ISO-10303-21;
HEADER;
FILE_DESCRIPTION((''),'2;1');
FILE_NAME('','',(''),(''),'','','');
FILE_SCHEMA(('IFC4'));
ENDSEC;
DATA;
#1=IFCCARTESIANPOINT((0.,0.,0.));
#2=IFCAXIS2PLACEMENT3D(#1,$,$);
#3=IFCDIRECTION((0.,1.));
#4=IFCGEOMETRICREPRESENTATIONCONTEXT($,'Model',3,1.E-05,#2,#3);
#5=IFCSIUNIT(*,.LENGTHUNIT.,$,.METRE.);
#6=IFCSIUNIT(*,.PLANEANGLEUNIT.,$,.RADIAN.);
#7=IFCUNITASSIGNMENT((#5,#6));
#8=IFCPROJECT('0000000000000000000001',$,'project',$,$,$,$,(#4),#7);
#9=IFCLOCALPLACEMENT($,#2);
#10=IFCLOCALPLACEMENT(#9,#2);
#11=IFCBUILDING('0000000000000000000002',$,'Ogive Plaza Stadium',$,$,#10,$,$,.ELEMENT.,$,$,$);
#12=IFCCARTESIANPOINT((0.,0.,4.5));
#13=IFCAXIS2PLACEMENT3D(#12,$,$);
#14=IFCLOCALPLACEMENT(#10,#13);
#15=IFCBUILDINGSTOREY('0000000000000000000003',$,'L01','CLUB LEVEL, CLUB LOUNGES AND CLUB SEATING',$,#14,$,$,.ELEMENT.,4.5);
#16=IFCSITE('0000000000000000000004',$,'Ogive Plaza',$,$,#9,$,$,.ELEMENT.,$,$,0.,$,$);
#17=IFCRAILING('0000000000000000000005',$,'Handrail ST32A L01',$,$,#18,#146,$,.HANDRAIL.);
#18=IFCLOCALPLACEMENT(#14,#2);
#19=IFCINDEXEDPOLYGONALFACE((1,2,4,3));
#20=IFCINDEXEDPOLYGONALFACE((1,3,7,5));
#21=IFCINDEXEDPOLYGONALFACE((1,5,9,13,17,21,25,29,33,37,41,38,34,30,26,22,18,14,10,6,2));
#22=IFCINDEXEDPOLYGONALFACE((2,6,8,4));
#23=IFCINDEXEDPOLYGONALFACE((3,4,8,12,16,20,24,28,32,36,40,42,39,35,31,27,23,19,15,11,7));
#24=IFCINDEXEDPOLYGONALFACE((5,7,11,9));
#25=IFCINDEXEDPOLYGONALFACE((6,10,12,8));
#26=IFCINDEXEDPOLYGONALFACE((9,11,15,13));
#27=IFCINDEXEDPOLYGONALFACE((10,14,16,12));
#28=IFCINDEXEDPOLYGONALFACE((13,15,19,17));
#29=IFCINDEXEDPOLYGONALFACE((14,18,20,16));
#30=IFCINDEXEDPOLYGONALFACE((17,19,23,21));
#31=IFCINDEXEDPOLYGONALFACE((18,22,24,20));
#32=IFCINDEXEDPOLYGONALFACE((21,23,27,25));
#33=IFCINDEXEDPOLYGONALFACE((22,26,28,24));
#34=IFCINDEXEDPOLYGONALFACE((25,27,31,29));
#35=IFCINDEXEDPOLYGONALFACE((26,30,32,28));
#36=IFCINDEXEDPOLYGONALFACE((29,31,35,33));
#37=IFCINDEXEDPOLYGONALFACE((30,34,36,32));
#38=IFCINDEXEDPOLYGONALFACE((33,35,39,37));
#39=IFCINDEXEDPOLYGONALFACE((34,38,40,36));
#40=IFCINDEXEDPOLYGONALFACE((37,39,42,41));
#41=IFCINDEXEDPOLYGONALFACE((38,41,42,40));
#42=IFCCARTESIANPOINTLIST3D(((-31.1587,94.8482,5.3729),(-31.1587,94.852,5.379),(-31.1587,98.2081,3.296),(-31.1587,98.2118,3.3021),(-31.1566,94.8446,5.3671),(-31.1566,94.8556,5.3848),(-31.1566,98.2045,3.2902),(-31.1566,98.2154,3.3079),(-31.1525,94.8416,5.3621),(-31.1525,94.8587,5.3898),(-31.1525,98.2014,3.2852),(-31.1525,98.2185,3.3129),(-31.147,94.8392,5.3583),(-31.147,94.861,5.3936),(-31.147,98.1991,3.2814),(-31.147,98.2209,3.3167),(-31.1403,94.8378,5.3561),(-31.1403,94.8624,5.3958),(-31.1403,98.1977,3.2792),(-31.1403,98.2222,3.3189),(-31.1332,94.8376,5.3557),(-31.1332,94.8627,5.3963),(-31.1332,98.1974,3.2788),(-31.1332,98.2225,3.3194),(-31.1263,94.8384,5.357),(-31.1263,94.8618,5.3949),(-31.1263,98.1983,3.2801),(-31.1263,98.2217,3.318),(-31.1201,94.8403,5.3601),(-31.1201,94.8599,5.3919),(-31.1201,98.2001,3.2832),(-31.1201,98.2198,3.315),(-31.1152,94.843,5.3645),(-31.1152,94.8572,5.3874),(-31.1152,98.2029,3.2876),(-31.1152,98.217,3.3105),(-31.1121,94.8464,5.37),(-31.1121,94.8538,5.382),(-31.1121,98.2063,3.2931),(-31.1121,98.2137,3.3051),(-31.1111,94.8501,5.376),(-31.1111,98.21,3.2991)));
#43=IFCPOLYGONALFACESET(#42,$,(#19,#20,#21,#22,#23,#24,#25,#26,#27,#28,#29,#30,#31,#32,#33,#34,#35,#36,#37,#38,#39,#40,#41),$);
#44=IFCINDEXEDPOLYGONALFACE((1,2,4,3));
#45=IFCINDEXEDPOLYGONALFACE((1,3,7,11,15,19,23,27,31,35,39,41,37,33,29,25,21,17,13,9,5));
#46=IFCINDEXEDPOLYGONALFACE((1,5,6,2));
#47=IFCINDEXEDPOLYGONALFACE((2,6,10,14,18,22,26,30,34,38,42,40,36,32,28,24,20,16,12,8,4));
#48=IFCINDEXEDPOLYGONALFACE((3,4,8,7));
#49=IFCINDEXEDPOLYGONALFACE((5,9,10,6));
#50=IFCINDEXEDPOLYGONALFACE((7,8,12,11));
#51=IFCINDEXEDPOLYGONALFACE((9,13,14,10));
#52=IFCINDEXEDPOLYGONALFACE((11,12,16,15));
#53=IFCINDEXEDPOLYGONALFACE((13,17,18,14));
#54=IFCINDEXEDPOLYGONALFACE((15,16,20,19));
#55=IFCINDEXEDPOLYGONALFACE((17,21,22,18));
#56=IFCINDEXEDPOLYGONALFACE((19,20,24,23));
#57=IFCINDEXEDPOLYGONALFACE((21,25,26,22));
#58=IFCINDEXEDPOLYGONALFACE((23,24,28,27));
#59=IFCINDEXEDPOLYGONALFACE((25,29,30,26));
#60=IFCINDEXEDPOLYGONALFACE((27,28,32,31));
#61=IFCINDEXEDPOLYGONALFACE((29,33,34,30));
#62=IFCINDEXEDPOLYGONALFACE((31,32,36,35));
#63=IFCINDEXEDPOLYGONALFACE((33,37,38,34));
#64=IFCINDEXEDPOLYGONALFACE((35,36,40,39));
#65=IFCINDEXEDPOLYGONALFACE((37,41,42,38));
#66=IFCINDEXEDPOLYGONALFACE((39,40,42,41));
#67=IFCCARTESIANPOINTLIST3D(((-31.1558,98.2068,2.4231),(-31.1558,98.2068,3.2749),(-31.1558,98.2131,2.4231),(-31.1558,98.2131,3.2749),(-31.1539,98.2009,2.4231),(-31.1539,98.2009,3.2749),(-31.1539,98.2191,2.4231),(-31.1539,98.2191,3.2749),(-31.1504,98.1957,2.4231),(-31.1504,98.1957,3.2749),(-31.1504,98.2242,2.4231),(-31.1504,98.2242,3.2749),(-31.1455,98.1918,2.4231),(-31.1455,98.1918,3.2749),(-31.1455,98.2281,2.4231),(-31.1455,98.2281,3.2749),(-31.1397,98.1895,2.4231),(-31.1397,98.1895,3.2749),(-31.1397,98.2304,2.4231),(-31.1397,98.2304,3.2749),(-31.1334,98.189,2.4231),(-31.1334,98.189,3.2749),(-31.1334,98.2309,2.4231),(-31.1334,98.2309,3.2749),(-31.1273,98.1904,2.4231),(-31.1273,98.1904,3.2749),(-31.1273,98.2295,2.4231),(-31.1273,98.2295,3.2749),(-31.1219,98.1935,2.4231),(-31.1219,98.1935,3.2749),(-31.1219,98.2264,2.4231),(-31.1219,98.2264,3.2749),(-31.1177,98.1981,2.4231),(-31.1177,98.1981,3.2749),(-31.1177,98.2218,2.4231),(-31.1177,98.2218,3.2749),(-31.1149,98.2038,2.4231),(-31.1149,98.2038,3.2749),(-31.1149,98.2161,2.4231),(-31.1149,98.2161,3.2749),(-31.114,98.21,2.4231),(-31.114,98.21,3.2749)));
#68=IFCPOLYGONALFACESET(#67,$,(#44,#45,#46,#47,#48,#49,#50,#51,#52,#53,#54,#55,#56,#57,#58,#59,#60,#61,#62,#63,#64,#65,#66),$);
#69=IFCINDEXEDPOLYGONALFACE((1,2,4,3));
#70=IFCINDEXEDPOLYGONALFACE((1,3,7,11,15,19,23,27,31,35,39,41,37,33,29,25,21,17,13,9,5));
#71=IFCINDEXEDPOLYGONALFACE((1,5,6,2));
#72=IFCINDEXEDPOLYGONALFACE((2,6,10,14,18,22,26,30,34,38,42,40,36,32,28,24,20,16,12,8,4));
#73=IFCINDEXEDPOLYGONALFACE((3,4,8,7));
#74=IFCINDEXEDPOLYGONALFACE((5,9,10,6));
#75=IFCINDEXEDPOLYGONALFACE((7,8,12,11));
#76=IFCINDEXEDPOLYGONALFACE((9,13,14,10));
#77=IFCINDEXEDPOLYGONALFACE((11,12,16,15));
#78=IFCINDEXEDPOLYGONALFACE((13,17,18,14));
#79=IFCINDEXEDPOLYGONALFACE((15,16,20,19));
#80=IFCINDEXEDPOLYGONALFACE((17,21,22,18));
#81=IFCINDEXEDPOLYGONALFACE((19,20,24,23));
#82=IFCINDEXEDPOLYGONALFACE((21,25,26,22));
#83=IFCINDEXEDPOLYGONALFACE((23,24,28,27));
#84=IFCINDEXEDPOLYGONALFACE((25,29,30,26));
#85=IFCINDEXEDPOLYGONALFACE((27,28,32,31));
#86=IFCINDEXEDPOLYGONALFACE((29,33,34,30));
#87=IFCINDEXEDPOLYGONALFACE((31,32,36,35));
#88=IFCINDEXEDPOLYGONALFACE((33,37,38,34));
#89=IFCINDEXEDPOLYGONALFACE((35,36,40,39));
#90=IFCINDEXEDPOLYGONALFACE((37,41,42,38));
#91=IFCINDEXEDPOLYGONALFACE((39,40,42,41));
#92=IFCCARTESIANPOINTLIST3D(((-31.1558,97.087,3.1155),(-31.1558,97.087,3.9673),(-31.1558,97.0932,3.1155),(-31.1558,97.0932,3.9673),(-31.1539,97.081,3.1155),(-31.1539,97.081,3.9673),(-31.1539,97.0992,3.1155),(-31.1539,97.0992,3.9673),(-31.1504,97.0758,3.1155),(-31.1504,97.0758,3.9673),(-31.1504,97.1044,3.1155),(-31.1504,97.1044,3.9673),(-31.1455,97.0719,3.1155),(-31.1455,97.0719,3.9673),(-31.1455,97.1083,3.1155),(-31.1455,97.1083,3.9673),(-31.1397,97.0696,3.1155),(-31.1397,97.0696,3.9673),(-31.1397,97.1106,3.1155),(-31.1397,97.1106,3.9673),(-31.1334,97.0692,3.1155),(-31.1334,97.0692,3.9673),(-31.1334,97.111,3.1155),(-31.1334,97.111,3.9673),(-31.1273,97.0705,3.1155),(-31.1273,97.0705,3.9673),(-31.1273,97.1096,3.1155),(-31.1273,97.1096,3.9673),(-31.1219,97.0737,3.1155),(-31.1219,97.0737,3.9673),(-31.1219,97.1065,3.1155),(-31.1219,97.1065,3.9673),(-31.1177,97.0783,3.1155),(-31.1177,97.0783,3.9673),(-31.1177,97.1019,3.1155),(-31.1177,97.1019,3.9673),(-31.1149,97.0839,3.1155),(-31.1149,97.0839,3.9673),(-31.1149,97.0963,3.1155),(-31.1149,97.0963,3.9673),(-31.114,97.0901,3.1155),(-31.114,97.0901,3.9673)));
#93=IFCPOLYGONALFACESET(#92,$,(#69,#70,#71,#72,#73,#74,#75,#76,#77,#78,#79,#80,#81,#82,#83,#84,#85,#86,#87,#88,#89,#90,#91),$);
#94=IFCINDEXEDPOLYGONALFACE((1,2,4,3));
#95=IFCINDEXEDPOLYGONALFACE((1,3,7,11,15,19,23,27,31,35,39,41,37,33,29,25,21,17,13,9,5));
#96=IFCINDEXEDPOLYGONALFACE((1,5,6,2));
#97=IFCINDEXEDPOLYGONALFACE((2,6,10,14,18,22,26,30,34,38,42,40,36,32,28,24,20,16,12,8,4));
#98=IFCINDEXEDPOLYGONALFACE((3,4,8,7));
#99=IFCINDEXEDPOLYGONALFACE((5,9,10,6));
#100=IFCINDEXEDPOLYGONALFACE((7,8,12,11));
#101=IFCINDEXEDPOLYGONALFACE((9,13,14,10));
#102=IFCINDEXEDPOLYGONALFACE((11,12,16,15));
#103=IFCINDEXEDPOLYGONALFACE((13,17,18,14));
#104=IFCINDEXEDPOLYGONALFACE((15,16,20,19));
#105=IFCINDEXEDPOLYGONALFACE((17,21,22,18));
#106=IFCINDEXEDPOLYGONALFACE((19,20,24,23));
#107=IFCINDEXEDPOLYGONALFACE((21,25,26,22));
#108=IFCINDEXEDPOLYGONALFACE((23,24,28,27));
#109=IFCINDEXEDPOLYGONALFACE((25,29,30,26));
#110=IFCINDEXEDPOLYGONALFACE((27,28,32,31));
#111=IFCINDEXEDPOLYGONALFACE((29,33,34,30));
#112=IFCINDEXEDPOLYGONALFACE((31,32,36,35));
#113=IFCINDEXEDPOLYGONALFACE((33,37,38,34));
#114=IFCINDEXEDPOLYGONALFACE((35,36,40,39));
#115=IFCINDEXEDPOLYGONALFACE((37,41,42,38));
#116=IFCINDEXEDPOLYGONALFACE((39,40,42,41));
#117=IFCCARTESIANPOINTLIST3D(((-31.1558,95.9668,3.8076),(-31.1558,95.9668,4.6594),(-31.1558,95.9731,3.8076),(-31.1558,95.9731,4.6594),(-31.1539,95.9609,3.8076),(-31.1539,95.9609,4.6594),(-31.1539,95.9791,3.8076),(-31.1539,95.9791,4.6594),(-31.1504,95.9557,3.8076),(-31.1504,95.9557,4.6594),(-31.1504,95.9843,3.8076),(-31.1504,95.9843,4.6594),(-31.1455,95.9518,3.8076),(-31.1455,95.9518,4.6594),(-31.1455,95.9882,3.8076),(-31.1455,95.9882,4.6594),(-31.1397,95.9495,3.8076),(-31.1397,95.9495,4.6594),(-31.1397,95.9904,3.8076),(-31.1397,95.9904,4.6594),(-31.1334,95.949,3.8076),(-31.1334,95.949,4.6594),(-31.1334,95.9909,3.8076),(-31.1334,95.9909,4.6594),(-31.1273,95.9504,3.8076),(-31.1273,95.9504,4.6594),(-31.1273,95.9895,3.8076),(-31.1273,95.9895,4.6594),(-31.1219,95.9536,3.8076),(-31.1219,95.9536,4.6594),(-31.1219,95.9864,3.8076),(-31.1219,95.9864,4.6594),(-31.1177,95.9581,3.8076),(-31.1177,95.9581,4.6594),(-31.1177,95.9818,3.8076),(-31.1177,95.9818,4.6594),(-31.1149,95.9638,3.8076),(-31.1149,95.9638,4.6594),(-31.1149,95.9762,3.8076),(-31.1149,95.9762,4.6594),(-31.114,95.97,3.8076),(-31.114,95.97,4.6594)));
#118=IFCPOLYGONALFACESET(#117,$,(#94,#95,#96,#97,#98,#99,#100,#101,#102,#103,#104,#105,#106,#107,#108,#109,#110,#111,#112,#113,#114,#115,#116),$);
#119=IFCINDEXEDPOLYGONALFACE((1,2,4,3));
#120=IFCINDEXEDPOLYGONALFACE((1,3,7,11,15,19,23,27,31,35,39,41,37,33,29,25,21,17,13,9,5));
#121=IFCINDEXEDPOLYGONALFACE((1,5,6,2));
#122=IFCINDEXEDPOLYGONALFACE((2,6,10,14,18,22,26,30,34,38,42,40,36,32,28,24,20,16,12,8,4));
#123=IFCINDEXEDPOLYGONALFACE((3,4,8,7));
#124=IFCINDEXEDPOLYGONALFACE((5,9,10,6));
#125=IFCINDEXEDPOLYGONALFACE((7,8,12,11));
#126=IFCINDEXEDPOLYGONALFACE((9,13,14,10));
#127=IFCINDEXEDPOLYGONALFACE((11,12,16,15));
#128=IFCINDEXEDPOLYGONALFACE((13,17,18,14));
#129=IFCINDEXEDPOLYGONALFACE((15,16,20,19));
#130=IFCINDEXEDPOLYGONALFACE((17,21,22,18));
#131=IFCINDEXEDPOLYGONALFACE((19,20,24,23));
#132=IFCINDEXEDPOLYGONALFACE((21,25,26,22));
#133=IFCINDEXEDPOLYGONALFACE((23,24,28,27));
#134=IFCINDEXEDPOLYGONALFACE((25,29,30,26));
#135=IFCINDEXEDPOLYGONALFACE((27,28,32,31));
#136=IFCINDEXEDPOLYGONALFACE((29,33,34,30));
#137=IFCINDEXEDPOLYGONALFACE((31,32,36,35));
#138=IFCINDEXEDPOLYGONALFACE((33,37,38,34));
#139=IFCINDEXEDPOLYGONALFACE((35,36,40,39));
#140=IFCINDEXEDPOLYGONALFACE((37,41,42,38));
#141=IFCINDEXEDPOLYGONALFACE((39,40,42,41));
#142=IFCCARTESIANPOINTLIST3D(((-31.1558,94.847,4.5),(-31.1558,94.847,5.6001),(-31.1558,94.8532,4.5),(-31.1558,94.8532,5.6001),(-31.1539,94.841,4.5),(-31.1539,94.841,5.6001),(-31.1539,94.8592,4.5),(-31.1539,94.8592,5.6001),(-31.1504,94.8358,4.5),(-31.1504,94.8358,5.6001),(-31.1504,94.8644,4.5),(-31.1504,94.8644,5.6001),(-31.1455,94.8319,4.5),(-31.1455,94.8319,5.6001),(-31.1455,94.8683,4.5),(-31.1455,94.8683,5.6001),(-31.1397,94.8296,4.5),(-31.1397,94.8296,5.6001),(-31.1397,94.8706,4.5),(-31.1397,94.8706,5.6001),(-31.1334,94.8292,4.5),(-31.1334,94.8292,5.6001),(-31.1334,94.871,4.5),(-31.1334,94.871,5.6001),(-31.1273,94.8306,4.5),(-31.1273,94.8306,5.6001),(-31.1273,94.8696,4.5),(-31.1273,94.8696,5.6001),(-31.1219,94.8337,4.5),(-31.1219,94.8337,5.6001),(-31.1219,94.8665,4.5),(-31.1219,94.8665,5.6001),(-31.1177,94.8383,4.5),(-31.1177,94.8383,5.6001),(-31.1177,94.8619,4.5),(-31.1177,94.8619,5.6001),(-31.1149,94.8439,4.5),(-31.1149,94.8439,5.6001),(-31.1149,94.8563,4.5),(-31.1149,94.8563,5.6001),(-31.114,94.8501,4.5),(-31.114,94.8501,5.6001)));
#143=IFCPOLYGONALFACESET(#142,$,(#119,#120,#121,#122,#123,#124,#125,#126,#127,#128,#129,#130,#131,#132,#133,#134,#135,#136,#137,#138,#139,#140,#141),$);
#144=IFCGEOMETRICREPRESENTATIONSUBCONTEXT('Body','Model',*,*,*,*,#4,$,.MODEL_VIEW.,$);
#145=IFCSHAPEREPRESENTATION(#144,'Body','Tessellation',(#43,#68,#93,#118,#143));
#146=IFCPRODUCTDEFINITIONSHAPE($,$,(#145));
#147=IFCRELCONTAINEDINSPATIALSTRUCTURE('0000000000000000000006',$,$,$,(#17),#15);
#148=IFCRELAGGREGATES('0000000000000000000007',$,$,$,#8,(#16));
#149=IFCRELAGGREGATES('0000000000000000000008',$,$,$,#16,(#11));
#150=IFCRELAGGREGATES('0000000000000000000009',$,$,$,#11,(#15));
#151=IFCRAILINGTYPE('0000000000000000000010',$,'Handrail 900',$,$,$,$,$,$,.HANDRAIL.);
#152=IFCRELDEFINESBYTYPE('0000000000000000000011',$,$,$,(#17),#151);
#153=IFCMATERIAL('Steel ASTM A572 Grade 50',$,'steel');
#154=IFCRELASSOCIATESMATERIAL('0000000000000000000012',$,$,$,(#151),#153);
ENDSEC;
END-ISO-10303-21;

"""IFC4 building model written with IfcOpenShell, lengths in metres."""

from ifc_helpers import new_model, si_unit, direction, frame, origin, origin_2d, place, context, subcontext, project, spatial, circle, extrude, material, type_object, element, save


model = new_model("IFC4")

# Units and contexts
model_context = context("Model", 3, precision=1e-05, world=origin(), true_north=direction((0.0, 1.0)))
body_context = subcontext(model_context, "Body", "Model", "MODEL_VIEW")
ifc_project = project(units=[si_unit("LENGTHUNIT", "METRE"), si_unit("PLANEANGLEUNIT", "RADIAN")], contexts=[model_context])

# Site, building, storey
site_placement = place(None, origin())
site = spatial("IfcSite", under=ifc_project, at=site_placement, Name="Ogive Plaza", CompositionType="ELEMENT", RefElevation=0.0)
building_placement = place(site_placement, origin())
building = spatial("IfcBuilding", under=site, at=building_placement, Name="Ogive Plaza Stadium", CompositionType="ELEMENT")
storey_placement = place(building_placement, frame((0.0, 0.0, 4.5)))
storey = spatial("IfcBuildingStorey", under=building, at=storey_placement, Name="L01", Description="CLUB LEVEL, CLUB LOUNGES AND CLUB SEATING", CompositionType="ELEMENT", Elevation=4.5)

# Railing
ifc_material_1 = material(Name="Steel ASTM A572 Grade 50", Category="steel")
railing_type_1 = type_object("IfcRailingType", Name="Handrail 900", PredefinedType="HANDRAIL", material=ifc_material_1)
for number, where, name in (
    (1, (-31.135, 98.21, 2.4231), "Handrail ST32A L01"),
):
    element("IfcRailing", number, at=place(storey_placement, frame(where)), inside=storey, type_object=railing_type_1, Name=name, PredefinedType="HANDRAIL", context=body_context, shape_type="SweptSolid", body=[
        extrude(circle(Radius=0.0239, at=origin_2d()), frame((0.0, 0.0, 0.876), z_axis=(0.0, -0.850606, 0.525803), x_axis=(1.0, 0.0, 0.0)), (0.0, 0.0, 1.0), 3.95),
        extrude(circle(Radius=0.021, at=origin_2d()), origin(), (0.0, 0.0, 1.0), 0.8518),
        extrude(circle(Radius=0.021, at=origin_2d()), frame((0.0, -1.1199, 0.6924)), (0.0, 0.0, 1.0), 0.8518),
        extrude(circle(Radius=0.021, at=origin_2d()), frame((0.0, -2.24, 1.3845)), (0.0, 0.0, 1.0), 0.8518),
        extrude(circle(Radius=0.021, at=origin_2d()), frame((0.0, -3.3599, 2.0769)), (0.0, 0.0, 1.0), 1.1001),
    ])

save(model, "model.ifc")
